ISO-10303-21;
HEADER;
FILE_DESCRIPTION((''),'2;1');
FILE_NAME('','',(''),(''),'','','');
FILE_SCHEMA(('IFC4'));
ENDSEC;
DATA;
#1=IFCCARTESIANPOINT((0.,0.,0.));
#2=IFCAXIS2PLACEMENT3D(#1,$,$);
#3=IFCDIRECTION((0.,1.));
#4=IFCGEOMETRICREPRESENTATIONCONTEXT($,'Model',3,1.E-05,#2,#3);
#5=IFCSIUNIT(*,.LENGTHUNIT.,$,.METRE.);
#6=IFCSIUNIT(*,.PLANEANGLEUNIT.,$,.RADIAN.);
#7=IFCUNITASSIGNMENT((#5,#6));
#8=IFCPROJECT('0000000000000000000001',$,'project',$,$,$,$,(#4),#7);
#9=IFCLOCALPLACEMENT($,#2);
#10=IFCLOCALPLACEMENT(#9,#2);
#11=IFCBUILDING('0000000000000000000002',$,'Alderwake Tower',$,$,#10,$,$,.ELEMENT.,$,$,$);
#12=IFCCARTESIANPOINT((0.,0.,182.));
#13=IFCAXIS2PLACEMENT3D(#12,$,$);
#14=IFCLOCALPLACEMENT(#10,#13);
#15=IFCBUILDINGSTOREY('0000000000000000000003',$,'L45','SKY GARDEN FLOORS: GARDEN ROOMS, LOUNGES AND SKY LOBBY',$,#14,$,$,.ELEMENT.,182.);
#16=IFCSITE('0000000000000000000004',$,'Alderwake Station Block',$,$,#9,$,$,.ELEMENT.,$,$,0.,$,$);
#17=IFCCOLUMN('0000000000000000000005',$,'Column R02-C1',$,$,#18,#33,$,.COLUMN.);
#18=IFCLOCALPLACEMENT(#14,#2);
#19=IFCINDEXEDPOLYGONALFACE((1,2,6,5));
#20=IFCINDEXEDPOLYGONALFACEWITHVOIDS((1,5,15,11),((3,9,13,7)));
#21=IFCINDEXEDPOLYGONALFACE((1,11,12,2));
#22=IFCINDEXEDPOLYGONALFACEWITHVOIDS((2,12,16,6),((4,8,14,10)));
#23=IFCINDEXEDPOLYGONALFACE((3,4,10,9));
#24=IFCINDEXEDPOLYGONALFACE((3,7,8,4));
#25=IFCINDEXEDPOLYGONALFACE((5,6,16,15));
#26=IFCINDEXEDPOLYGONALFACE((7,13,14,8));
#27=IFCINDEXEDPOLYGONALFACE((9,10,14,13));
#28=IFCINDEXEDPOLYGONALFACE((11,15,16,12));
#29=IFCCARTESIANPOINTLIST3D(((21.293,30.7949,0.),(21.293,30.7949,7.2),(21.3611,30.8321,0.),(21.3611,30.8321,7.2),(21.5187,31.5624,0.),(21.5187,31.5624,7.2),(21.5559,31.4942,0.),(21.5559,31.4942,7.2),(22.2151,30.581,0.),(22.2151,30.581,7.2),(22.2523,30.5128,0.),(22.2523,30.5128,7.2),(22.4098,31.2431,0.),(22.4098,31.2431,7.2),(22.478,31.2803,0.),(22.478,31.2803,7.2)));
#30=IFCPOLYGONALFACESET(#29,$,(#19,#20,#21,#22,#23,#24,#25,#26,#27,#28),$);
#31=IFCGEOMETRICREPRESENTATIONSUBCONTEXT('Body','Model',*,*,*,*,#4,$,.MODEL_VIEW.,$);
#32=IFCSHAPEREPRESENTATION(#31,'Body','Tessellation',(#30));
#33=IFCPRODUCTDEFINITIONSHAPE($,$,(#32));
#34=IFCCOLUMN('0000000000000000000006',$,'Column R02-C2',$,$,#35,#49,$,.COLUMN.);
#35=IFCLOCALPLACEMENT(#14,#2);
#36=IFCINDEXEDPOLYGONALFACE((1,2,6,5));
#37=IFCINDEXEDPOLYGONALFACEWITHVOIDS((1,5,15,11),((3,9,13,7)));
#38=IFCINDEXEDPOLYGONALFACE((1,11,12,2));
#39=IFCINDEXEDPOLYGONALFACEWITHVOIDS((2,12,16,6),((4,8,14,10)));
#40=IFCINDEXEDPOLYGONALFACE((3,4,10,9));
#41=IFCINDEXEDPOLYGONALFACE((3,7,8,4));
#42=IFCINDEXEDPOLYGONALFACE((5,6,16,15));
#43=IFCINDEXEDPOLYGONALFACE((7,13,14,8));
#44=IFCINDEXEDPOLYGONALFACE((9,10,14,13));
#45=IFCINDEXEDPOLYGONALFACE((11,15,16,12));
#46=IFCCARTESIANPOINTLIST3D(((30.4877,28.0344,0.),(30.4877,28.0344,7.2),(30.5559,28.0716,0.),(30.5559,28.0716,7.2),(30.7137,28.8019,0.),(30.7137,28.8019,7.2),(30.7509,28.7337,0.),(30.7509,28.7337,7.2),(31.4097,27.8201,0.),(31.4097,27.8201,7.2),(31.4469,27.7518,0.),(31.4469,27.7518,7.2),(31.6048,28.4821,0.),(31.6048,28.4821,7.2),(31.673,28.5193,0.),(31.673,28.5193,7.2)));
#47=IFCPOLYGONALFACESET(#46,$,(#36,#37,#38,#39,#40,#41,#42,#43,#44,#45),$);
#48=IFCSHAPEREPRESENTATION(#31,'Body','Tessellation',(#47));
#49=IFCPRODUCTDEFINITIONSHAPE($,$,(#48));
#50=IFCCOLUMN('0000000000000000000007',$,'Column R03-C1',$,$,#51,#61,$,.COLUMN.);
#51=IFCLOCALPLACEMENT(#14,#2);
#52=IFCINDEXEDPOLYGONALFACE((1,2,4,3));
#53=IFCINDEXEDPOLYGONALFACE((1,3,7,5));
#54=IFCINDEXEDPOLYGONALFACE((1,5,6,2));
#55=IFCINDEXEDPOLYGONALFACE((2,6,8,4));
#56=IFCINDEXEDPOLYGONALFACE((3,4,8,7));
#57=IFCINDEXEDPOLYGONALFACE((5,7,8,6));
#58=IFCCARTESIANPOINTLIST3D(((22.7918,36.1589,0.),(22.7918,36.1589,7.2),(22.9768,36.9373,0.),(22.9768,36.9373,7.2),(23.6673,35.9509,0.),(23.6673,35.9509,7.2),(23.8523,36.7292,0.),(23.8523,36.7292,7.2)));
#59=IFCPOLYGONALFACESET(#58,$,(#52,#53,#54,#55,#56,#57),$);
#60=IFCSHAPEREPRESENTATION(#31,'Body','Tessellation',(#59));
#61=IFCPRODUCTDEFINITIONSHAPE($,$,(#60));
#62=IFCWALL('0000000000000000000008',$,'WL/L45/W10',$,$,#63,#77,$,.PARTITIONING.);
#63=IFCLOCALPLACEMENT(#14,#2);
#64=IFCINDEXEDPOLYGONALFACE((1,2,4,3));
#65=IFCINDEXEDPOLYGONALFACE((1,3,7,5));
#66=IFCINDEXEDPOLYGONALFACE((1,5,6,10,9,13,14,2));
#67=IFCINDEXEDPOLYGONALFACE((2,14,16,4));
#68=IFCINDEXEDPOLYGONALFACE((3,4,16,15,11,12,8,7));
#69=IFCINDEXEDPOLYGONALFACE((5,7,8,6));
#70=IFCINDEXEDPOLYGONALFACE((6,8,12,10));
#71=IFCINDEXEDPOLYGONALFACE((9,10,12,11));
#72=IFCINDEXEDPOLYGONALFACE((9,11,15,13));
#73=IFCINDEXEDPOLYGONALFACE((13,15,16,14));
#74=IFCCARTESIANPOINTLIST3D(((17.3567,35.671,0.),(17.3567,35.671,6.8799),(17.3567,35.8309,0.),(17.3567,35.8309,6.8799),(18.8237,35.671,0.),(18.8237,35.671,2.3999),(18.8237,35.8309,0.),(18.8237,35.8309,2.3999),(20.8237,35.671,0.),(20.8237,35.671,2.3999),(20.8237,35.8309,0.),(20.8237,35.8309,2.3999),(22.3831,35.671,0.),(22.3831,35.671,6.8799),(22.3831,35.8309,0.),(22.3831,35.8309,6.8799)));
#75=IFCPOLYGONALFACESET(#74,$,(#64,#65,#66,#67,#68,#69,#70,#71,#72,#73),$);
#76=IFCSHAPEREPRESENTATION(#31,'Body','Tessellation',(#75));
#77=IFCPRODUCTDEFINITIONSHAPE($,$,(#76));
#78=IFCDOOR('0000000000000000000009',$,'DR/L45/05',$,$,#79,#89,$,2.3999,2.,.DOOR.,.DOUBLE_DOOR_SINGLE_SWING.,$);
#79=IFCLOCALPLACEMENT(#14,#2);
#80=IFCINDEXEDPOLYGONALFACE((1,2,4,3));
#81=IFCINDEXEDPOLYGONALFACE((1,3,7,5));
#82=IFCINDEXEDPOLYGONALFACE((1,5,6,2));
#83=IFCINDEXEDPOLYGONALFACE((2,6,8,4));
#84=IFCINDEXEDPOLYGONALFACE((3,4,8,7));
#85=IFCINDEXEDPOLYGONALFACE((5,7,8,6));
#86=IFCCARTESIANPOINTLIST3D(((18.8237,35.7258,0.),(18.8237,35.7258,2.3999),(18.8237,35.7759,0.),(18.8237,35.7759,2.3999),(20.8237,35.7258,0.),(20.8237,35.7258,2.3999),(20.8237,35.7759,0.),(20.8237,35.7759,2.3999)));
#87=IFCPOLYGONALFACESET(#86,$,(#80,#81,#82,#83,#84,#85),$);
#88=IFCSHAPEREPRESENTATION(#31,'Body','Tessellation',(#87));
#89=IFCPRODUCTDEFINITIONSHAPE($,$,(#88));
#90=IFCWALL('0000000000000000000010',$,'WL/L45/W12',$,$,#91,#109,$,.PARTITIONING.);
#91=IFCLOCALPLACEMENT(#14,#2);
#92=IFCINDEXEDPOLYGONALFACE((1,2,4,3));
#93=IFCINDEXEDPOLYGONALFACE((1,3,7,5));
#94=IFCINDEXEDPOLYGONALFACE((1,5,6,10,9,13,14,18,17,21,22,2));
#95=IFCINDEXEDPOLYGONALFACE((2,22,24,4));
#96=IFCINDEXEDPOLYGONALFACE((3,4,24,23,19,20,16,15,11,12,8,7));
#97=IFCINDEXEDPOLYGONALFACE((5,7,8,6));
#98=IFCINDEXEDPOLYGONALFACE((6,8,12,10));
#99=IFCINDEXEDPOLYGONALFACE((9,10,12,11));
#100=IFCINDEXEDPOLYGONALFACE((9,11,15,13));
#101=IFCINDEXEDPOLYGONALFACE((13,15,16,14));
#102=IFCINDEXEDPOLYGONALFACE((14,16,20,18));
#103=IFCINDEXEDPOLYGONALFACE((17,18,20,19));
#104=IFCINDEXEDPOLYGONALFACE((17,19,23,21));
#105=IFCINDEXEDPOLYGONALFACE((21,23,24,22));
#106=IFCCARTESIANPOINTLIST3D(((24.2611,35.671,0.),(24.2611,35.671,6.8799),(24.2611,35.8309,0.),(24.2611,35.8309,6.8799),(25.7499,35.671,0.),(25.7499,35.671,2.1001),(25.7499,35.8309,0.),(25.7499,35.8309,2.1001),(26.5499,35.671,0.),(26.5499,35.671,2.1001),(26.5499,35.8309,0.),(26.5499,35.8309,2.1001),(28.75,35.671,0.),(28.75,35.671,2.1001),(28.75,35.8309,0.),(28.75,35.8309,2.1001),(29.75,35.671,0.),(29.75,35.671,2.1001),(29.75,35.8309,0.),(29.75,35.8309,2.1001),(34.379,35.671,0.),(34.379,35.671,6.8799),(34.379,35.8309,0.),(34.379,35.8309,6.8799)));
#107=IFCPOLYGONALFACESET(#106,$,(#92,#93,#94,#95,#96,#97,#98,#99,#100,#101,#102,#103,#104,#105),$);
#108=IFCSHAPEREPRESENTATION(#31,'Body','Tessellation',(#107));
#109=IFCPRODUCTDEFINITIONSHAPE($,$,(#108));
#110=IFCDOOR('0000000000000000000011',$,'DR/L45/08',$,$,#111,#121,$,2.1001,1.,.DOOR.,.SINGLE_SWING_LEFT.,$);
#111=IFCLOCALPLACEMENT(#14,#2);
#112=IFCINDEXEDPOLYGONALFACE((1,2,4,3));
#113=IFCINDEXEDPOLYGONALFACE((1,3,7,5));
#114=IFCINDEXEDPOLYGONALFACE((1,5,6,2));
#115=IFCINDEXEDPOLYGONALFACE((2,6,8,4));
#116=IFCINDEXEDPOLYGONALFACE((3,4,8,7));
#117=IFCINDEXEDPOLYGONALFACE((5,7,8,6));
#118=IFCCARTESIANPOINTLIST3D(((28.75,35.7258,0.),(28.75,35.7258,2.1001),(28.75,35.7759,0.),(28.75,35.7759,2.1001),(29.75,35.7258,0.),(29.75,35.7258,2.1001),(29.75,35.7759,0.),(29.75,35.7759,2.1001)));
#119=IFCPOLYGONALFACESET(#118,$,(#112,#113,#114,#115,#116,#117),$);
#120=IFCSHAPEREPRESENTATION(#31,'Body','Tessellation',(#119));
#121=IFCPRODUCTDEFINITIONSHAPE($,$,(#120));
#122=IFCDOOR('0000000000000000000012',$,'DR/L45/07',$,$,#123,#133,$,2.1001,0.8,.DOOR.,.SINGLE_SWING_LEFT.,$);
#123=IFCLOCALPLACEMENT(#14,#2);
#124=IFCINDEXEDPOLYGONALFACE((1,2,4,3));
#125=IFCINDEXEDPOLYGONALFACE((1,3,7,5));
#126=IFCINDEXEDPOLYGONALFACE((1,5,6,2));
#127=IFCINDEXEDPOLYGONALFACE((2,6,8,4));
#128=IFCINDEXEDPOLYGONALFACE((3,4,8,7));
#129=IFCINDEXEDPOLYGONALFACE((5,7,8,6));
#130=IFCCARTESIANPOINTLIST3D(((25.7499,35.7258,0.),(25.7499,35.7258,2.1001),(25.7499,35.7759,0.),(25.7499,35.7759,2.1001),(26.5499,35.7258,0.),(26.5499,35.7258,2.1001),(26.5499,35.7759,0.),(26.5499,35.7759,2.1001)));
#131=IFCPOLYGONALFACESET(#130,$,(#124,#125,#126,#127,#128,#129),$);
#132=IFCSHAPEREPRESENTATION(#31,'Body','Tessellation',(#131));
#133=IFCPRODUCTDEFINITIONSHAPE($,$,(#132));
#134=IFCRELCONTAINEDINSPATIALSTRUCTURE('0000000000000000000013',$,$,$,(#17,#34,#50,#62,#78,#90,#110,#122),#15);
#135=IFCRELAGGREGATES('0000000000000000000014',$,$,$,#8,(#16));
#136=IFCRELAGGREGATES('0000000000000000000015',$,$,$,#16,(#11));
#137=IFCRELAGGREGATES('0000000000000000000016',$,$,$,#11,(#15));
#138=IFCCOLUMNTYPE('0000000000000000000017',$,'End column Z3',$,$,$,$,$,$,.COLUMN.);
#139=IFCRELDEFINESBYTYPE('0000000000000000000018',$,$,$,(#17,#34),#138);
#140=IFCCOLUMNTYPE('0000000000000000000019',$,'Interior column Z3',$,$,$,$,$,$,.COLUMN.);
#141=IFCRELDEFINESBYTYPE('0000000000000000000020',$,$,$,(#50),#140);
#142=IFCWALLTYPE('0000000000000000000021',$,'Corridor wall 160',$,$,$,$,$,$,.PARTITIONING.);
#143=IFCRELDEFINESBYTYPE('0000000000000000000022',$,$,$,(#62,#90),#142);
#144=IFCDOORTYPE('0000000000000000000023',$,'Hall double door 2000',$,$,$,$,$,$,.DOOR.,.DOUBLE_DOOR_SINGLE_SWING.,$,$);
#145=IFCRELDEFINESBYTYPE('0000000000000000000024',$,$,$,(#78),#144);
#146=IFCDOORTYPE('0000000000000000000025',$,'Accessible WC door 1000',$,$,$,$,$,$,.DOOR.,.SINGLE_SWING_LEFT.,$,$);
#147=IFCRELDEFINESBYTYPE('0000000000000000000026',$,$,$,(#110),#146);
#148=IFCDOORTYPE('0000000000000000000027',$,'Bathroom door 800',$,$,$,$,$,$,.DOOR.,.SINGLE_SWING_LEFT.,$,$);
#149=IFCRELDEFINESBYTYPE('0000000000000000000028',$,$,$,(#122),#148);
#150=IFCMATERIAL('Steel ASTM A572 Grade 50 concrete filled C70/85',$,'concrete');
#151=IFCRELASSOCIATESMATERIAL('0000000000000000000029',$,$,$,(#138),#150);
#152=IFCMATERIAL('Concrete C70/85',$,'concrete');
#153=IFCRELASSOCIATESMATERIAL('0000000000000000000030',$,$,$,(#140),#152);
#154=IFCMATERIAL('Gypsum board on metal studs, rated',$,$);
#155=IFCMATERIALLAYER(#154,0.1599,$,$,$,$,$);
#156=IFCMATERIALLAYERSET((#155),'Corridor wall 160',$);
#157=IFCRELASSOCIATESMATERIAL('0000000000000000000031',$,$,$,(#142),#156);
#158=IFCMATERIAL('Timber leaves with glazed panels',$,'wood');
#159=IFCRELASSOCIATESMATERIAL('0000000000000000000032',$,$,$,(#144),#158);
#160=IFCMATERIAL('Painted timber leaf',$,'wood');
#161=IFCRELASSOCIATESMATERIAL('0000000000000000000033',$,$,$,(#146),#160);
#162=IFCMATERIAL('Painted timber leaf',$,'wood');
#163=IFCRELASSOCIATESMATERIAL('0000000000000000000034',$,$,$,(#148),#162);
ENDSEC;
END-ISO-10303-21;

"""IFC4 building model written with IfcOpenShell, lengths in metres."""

from ifc_helpers import new_model, si_unit, direction, frame, frame_2d, origin, origin_2d, place, context, subcontext, project, spatial, rectangle, hollow_rectangle, extrude, material, layer, layer_set, material_profile, profile_set, type_object, element, fill, save


model = new_model("IFC4")

# Units and contexts
model_context = context("Model", 3, precision=1e-05, world=origin(), true_north=direction((0.0, 1.0)))
body_context = subcontext(model_context, "Body", "Model", "MODEL_VIEW")
ifc_project = project(units=[si_unit("LENGTHUNIT", "METRE"), si_unit("PLANEANGLEUNIT", "RADIAN")], contexts=[model_context])

# Site, building, storey
site_placement = place(None, origin())
site = spatial("IfcSite", under=ifc_project, at=site_placement, Name="Alderwake Station Block", CompositionType="ELEMENT", RefElevation=0.0)
building_placement = place(site_placement, origin())
building = spatial("IfcBuilding", under=site, at=building_placement, Name="Alderwake Tower", CompositionType="ELEMENT")
storey_placement = place(building_placement, frame((0.0, 0.0, 182.0)))
storey = spatial("IfcBuildingStorey", under=building, at=storey_placement, Name="L45", Description="SKY GARDEN FLOORS: GARDEN ROOMS, LOUNGES AND SKY LOBBY", CompositionType="ELEMENT", Elevation=182.0)

# Columns
ifc_material_1 = material(Name="Steel ASTM A572 Grade 50 concrete filled C70/85", Category="concrete")
ifc_material_profile_1 = material_profile(ifc_material_1, hollow_rectangle(XDim=0.8, YDim=1.0, WallThickness=0.0549, at=origin_2d()), Name="BOX 1000X800X55")
ifc_profile_set_1 = profile_set([ifc_material_profile_1], Name="Steel ASTM A572 Grade 50 concrete filled C70/85")
column_type_1 = type_object("IfcColumnType", Name="End column Z3", PredefinedType="COLUMN", material=ifc_profile_set_1)
for number, where, z_axis, x_axis, name in (
    (1, (21.8855, 31.0376, 0.0), (0.0, 0.0, 1.0), (0.282132, 0.959376, 0.0), "Column R02-C1"),
    (2, (31.0803, 28.2769, 0.0), (0.0, 0.0, 1.0), (0.282583, 0.959243, 0.0), "Column R02-C2"),
):
    element("IfcColumn", number, at=place(storey_placement, frame(where, z_axis=z_axis, x_axis=x_axis)), inside=storey, type_object=column_type_1, Name=name, PredefinedType="COLUMN", context=body_context, shape_type="SweptSolid", body=[
        extrude(hollow_rectangle(XDim=0.8, YDim=1.0, WallThickness=0.0549, at=origin_2d()), origin(), (0.0, 0.0, 1.0), 7.2),
    ])
ifc_material_2 = material(Name="Concrete C70/85", Category="concrete")
ifc_material_profile_2 = material_profile(ifc_material_2, rectangle(XDim=0.8, YDim=0.8999, at=origin_2d()), Name="RC 900X800")
ifc_profile_set_2 = profile_set([ifc_material_profile_2], Name="Concrete C70/85")
column_type_2 = type_object("IfcColumnType", Name="Interior column Z3", PredefinedType="COLUMN", material=ifc_profile_set_2)
column_placement = place(storey_placement, frame((23.322, 36.4441, 0.0), z_axis=(0.0, 0.0, 1.0), x_axis=(0.231222, 0.972901, 0.0)))
element("IfcColumn", 3, at=column_placement, inside=storey, type_object=column_type_2, Name="Column R03-C1", PredefinedType="COLUMN", context=body_context, shape_type="SweptSolid", body=[
    extrude(rectangle(XDim=0.8, YDim=0.8999, at=origin_2d()), origin(), (0.0, 0.0, 1.0), 7.2),
])

# Wall, opening, door
ifc_material_3 = material(Name="Gypsum board on metal studs, rated")
ifc_layer_1 = layer(ifc_material_3, 0.1599)
ifc_layer_set_1 = layer_set([ifc_layer_1], Name="Corridor wall 160")
wall_type_1 = type_object("IfcWallType", Name="Corridor wall 160", PredefinedType="PARTITIONING", material=ifc_layer_set_1)
wall_1_placement = place(storey_placement, frame((17.3567, 35.751, 0.0), z_axis=(0.0, 0.0, 1.0), x_axis=(1.0, 0.0, 0.0)))
wall_1 = element("IfcWall", 4, at=wall_1_placement, inside=storey, type_object=wall_type_1, Name="WL/L45/W10", PredefinedType="PARTITIONING", context=body_context, shape_type="SweptSolid", body=[
    extrude(rectangle(XDim=5.0264, YDim=0.1599, at=frame_2d((2.5132, 0.0))), origin(), (0.0, 0.0, 1.0), 6.8799),
])
opening_1_placement = place(wall_1_placement, frame((1.467, 0.0, 0.0)))
opening_1 = element("IfcOpeningElement", 5, at=opening_1_placement, cuts=wall_1, PredefinedType="OPENING", context=body_context, shape_type="SweptSolid", body=[
    extrude(rectangle(XDim=2.0, YDim=2.3999, at=frame_2d((1.0, 1.2))), frame((0.0, 0.0898, 0.0), z_axis=(0.0, -1.0, 0.0), x_axis=(1.0, 0.0, 0.0)), (0.0, 0.0, 1.0), 0.1799),
])
ifc_material_4 = material(Name="Timber leaves with glazed panels", Category="wood")
door_type_1 = type_object("IfcDoorType", Name="Hall double door 2000", OperationType="DOUBLE_DOOR_SINGLE_SWING", PredefinedType="DOOR", material=ifc_material_4)
door_1_placement = place(opening_1_placement, origin())
door_1 = element("IfcDoor", 6, at=door_1_placement, inside=storey, type_object=door_type_1, Name="DR/L45/05", OperationType="DOUBLE_DOOR_SINGLE_SWING", OverallHeight=2.3999, OverallWidth=2.0, PredefinedType="DOOR", context=body_context, shape_type="SweptSolid", body=[
    extrude(rectangle(XDim=2.0, YDim=2.3999, at=frame_2d((1.0, 1.2))), frame((0.0, 0.0249, 0.0), z_axis=(0.0, -1.0, 0.0), x_axis=(1.0, 0.0, 0.0)), (0.0, 0.0, 1.0), 0.05),
])
fill(opening_1, door_1)

# Wall, openings, doors
wall_2_placement = place(storey_placement, frame((24.261, 35.751, 0.0), z_axis=(0.0, 0.0, 1.0), x_axis=(1.0, 0.0, 0.0)))
wall_2 = element("IfcWall", 7, at=wall_2_placement, inside=storey, type_object=wall_type_1, Name="WL/L45/W12", PredefinedType="PARTITIONING", context=body_context, shape_type="SweptSolid", body=[
    extrude(rectangle(XDim=10.1179, YDim=0.1599, at=frame_2d((5.0591, 0.0))), origin(), (0.0, 0.0, 1.0), 6.8799),
])
opening_2_placement = place(wall_2_placement, frame((1.489, 0.0, 0.0)))
opening_2 = element("IfcOpeningElement", 8, at=opening_2_placement, cuts=wall_2, PredefinedType="OPENING", context=body_context, shape_type="SweptSolid", body=[
    extrude(rectangle(XDim=0.8, YDim=2.1001, at=frame_2d((0.3999, 1.05))), frame((0.0, 0.0898, 0.0), z_axis=(0.0, -1.0, 0.0), x_axis=(1.0, 0.0, 0.0)), (0.0, 0.0, 1.0), 0.1799),
])
opening_3_placement = place(wall_2_placement, frame((4.489, 0.0, 0.0)))
opening_3 = element("IfcOpeningElement", 9, at=opening_3_placement, cuts=wall_2, PredefinedType="OPENING", context=body_context, shape_type="SweptSolid", body=[
    extrude(rectangle(XDim=1.0, YDim=2.1001, at=frame_2d((0.5, 1.05))), frame((0.0, 0.0898, 0.0), z_axis=(0.0, -1.0, 0.0), x_axis=(1.0, 0.0, 0.0)), (0.0, 0.0, 1.0), 0.1799),
])
ifc_material_5 = material(Name="Painted timber leaf", Category="wood")
door_type_2 = type_object("IfcDoorType", Name="Accessible WC door 1000", OperationType="SINGLE_SWING_LEFT", PredefinedType="DOOR", material=ifc_material_5)
door_2_placement = place(opening_3_placement, origin())
door_2 = element("IfcDoor", 10, at=door_2_placement, inside=storey, type_object=door_type_2, Name="DR/L45/08", OperationType="SINGLE_SWING_LEFT", OverallHeight=2.1001, OverallWidth=1.0, PredefinedType="DOOR", context=body_context, shape_type="SweptSolid", body=[
    extrude(rectangle(XDim=1.0, YDim=2.1001, at=frame_2d((0.5, 1.05))), frame((0.0, 0.0249, 0.0), z_axis=(0.0, -1.0, 0.0), x_axis=(1.0, 0.0, 0.0)), (0.0, 0.0, 1.0), 0.05),
])
fill(opening_3, door_2)
ifc_material_6 = material(Name="Painted timber leaf", Category="wood")
door_type_3 = type_object("IfcDoorType", Name="Bathroom door 800", OperationType="SINGLE_SWING_LEFT", PredefinedType="DOOR", material=ifc_material_6)
door_3_placement = place(opening_2_placement, origin())
door_3 = element("IfcDoor", 11, at=door_3_placement, inside=storey, type_object=door_type_3, Name="DR/L45/07", OperationType="SINGLE_SWING_LEFT", OverallHeight=2.1001, OverallWidth=0.8, PredefinedType="DOOR", context=body_context, shape_type="SweptSolid", body=[
    extrude(rectangle(XDim=0.8, YDim=2.1001, at=frame_2d((0.3999, 1.05))), frame((0.0, 0.0249, 0.0), z_axis=(0.0, -1.0, 0.0), x_axis=(1.0, 0.0, 0.0)), (0.0, 0.0, 1.0), 0.05),
])
fill(opening_2, door_3)

save(model, "model.ifc")
